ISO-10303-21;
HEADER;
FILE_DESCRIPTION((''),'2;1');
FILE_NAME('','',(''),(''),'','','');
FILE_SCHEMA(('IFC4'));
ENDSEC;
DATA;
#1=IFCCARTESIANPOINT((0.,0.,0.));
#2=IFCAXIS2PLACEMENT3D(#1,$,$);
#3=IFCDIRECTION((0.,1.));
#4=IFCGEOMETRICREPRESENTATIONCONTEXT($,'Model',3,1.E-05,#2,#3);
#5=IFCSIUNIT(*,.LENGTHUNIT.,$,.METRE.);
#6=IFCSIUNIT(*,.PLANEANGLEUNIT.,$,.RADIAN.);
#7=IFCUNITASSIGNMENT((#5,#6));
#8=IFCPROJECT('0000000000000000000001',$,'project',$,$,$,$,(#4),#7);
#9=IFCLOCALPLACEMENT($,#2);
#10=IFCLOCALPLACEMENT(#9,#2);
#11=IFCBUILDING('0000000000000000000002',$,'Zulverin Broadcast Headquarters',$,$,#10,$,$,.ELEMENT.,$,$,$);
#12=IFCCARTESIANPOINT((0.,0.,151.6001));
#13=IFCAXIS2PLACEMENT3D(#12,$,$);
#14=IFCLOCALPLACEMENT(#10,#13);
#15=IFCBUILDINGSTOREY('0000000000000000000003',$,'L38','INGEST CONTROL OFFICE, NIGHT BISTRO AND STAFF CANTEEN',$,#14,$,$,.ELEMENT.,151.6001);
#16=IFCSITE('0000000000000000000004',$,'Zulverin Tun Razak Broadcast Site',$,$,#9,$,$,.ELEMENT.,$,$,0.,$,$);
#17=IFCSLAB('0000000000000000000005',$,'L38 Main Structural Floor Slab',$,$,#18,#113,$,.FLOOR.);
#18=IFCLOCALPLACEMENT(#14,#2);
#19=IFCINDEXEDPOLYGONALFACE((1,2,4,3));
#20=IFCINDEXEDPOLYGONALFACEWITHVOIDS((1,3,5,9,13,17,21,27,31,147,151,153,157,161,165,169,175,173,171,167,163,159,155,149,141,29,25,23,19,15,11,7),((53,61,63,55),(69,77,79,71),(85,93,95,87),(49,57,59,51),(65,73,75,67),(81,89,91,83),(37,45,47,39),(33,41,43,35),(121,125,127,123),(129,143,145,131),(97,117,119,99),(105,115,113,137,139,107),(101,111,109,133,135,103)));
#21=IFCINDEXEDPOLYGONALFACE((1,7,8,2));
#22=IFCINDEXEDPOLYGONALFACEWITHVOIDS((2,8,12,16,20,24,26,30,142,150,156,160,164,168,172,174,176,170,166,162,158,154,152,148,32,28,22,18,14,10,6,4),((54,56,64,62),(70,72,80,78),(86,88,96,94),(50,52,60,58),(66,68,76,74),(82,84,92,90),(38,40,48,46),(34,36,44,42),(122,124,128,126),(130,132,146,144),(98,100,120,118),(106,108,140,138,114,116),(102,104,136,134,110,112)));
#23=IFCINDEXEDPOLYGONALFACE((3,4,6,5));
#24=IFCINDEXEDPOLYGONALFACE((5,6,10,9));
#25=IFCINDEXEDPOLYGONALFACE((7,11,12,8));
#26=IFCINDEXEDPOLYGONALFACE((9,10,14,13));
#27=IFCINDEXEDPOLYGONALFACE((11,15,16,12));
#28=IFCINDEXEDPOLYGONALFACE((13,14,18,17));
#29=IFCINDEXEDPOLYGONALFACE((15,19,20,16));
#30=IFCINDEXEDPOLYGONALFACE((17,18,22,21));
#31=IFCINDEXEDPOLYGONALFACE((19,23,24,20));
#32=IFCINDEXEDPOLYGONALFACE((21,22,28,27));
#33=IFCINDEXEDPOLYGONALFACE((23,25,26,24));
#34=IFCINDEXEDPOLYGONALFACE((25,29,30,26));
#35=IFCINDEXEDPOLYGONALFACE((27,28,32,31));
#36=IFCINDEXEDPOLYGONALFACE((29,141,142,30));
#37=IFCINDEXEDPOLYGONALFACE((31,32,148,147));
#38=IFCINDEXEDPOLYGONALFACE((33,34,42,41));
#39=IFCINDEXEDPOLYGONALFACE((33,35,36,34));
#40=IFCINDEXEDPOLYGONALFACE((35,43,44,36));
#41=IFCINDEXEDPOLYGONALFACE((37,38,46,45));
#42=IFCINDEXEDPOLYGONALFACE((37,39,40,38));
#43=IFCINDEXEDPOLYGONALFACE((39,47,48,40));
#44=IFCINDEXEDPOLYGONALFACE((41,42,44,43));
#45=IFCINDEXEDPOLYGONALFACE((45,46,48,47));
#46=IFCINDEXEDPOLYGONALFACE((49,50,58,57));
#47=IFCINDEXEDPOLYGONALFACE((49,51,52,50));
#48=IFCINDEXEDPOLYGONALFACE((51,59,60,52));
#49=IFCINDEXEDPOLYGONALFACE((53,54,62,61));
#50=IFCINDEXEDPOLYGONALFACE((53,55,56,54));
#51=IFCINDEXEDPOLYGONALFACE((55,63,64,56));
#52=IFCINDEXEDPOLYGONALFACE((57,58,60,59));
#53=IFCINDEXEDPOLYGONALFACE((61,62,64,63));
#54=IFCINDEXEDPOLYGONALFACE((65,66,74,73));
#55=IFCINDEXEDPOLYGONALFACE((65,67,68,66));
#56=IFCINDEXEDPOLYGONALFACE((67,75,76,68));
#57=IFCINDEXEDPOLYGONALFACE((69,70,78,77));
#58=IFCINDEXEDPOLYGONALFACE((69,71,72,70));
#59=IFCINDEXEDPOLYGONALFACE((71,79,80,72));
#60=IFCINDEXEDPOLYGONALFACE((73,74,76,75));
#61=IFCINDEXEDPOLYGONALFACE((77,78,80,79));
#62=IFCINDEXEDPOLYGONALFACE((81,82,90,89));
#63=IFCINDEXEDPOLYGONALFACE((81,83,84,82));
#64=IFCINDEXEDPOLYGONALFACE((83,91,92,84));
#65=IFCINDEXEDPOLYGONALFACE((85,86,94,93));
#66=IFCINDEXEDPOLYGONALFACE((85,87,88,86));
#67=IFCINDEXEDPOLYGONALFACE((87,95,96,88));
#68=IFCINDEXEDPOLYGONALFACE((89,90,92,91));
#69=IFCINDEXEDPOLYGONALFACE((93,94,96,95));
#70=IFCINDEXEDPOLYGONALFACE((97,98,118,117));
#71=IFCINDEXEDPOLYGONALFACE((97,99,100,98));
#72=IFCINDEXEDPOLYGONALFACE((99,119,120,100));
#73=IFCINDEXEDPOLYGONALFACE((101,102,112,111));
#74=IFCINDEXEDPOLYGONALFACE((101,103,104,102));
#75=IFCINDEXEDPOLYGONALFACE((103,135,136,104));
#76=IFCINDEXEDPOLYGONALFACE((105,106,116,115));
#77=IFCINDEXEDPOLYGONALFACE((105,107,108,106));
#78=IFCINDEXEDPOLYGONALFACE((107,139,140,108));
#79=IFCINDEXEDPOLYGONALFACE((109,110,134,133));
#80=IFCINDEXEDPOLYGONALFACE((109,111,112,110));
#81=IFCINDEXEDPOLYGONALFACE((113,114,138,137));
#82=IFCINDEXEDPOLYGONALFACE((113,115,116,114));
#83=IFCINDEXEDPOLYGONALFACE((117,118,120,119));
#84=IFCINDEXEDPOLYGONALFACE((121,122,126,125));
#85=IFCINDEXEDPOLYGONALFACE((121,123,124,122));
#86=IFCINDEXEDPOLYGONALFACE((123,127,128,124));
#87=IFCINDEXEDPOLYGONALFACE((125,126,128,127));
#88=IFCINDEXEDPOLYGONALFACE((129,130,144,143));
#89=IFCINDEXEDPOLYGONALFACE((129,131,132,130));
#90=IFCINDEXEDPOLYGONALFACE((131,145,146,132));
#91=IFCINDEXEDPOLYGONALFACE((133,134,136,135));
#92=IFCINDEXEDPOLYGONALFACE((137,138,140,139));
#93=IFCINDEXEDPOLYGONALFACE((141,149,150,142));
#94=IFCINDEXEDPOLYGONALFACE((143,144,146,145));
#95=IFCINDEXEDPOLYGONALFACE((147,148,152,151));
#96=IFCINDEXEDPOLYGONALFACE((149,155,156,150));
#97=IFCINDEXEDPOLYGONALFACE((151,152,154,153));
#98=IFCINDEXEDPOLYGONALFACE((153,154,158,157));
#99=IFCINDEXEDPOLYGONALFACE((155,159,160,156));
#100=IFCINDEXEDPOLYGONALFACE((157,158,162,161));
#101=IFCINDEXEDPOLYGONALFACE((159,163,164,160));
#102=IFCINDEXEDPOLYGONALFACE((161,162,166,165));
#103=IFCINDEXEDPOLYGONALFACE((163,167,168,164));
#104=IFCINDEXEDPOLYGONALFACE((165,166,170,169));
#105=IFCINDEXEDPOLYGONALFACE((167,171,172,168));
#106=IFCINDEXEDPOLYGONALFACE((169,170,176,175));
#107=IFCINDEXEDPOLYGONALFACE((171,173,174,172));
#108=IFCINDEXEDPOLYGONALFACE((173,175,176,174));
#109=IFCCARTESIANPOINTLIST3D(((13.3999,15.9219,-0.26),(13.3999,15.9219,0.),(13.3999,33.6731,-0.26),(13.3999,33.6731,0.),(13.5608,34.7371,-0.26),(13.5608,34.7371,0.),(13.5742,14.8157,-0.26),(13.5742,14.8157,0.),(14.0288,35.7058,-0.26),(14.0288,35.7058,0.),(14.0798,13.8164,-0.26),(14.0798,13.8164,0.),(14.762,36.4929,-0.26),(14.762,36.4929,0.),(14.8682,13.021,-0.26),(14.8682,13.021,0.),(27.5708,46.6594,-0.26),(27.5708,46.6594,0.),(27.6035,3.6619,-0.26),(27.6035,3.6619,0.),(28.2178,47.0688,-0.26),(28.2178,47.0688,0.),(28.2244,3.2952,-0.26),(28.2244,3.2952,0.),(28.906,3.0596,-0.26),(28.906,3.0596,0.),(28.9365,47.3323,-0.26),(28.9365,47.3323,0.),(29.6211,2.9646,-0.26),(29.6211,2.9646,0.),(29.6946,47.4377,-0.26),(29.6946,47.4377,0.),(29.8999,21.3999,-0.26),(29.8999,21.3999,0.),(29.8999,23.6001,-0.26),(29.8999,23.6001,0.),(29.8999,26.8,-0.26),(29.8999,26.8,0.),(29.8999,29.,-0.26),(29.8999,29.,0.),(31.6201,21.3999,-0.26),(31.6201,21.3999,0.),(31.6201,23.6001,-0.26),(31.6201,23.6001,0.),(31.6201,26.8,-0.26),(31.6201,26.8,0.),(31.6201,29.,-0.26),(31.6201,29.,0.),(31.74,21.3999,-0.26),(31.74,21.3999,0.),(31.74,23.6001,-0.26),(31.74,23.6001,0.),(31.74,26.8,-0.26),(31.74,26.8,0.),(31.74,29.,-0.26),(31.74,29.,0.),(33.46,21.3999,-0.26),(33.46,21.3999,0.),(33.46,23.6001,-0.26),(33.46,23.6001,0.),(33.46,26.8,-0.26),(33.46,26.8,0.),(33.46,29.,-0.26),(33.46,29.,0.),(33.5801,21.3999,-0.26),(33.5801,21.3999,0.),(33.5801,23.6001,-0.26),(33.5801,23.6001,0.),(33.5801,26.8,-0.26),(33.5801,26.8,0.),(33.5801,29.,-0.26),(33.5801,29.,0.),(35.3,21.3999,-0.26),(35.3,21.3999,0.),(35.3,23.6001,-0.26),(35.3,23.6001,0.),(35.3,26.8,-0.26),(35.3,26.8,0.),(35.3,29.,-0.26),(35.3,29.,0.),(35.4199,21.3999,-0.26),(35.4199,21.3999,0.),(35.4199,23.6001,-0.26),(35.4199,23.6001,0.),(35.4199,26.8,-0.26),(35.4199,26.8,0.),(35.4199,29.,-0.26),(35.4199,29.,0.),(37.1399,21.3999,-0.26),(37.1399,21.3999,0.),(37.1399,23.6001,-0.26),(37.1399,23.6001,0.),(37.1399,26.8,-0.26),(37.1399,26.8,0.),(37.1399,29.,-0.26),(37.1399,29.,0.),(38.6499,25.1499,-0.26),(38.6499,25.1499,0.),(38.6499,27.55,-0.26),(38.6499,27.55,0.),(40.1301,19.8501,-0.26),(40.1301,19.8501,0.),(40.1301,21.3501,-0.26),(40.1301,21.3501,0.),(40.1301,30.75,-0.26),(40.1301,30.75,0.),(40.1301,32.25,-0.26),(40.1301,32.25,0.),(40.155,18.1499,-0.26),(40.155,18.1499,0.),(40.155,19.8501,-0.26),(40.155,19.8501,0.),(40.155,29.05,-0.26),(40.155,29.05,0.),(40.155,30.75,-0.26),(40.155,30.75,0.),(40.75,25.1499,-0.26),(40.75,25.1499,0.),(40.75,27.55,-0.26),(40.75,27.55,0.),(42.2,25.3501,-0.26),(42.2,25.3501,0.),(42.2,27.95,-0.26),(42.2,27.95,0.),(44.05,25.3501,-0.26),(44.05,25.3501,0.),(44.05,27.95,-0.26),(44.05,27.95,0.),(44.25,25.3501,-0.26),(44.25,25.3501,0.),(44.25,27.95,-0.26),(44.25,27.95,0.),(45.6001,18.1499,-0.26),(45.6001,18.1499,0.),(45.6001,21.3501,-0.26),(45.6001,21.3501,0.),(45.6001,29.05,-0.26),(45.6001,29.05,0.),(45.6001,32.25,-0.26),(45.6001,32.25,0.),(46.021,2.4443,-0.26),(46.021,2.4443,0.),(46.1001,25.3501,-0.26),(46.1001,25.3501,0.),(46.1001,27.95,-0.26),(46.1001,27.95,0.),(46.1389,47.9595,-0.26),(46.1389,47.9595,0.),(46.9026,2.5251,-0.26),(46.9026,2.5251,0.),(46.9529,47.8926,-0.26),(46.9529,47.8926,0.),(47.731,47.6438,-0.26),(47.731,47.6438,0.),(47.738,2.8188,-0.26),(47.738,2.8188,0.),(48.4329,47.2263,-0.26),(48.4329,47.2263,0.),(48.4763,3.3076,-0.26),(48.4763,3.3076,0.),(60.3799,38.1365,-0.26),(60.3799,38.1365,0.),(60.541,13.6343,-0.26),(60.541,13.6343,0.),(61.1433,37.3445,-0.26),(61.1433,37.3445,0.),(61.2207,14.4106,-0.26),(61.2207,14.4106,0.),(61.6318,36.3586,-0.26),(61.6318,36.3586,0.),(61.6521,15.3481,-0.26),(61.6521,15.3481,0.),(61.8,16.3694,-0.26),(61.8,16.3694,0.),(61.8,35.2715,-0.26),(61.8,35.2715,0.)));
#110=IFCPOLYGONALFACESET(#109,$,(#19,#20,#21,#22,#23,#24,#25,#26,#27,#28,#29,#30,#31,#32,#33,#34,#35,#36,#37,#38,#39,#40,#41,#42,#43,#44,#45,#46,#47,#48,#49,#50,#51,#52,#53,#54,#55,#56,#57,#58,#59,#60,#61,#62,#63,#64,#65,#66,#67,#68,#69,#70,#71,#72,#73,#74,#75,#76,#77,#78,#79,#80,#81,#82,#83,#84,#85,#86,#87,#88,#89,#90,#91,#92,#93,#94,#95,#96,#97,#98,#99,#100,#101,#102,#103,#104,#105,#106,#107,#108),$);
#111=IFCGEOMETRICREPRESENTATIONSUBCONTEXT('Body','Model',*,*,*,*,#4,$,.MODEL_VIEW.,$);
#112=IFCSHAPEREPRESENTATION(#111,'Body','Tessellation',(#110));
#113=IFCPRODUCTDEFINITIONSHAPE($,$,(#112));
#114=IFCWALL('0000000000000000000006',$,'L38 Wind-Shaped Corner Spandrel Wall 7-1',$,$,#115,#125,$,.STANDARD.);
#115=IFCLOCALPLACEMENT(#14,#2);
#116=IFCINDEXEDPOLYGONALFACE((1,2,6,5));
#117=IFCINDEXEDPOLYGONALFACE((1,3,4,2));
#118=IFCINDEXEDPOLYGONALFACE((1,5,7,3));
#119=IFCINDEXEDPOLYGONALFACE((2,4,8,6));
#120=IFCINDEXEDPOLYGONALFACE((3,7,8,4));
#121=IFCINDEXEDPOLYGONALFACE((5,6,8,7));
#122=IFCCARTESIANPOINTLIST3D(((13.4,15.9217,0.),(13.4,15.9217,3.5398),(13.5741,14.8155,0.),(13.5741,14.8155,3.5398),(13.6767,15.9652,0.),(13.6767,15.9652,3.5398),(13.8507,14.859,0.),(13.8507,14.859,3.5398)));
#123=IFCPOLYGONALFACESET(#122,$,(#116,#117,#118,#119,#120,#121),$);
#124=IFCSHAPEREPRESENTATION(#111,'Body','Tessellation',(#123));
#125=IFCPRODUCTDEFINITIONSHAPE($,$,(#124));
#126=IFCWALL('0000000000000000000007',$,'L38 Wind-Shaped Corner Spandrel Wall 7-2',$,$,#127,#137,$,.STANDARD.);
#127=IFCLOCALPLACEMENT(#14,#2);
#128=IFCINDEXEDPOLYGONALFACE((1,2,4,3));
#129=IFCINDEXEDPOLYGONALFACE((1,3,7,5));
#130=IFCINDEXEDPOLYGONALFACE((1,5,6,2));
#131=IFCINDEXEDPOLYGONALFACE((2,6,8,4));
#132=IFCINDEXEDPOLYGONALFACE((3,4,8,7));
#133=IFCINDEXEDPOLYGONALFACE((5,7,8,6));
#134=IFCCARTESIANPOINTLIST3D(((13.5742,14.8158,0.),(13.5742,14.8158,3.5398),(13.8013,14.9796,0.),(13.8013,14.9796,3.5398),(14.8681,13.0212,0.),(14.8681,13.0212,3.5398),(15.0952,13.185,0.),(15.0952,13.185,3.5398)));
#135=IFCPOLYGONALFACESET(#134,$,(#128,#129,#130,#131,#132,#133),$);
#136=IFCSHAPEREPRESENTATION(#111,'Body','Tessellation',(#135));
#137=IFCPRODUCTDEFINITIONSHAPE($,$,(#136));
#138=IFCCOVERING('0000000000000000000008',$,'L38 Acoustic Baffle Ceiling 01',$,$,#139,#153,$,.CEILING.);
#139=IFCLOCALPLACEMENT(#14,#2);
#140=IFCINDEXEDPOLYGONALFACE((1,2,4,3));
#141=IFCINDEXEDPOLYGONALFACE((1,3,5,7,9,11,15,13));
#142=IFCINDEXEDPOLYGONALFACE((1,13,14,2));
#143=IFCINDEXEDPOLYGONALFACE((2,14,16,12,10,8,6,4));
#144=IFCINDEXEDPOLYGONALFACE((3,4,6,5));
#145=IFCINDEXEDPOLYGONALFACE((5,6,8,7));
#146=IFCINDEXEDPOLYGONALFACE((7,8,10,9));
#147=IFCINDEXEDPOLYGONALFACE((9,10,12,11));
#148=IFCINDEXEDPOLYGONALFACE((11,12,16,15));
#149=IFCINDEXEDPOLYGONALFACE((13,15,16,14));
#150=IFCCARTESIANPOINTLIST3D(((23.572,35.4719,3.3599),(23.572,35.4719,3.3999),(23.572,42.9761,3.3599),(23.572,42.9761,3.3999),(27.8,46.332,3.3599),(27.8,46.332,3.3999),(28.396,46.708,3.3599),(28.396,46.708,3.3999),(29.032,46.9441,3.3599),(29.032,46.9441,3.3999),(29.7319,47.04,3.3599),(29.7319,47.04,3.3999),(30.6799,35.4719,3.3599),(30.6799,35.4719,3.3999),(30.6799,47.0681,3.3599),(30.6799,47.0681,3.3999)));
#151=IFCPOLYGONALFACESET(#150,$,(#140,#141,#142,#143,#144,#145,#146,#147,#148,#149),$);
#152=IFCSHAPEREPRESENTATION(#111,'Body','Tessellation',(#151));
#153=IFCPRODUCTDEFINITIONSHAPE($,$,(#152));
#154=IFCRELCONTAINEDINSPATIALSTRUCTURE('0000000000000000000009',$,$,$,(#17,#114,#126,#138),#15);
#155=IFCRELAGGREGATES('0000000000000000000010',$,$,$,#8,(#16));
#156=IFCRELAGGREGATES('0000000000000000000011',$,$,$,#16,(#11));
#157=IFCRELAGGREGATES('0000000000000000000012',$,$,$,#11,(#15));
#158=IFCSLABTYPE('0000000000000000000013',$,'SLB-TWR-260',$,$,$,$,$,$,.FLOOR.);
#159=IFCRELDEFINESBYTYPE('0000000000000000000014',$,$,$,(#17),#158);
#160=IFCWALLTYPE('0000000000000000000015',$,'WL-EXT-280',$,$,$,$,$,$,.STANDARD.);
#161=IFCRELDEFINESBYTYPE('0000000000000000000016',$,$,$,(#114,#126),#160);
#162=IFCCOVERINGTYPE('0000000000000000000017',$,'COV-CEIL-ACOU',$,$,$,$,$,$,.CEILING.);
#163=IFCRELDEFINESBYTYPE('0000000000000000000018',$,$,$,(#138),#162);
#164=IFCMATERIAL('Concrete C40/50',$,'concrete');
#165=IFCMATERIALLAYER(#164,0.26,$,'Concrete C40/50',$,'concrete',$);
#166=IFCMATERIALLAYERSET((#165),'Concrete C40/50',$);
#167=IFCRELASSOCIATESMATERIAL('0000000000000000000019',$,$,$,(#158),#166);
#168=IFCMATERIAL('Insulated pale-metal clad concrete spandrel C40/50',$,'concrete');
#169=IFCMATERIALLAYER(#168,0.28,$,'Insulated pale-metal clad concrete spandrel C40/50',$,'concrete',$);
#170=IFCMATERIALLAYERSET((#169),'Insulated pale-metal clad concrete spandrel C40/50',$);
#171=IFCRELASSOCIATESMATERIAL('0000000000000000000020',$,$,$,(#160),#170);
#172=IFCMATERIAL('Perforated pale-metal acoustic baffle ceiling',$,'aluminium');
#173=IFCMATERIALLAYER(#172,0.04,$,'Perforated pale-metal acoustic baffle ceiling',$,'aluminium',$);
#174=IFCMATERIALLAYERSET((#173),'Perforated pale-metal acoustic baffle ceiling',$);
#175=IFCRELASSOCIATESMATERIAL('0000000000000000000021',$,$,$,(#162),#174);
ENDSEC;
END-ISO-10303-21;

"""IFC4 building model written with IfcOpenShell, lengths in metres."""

from ifc_helpers import new_model, si_unit, direction, frame, frame_2d, origin, place, context, subcontext, project, spatial, polyline, rectangle, outline, extrude, material, layer, layer_set, type_object, element, save


model = new_model("IFC4")

# Units and contexts
model_context = context("Model", 3, precision=1e-05, world=origin(), true_north=direction((0.0, 1.0)))
body_context = subcontext(model_context, "Body", "Model", "MODEL_VIEW")
ifc_project = project(units=[si_unit("LENGTHUNIT", "METRE"), si_unit("PLANEANGLEUNIT", "RADIAN")], contexts=[model_context])

# Site, building, storey
site_placement = place(None, origin())
site = spatial("IfcSite", under=ifc_project, at=site_placement, Name="Zulverin Tun Razak Broadcast Site", CompositionType="ELEMENT", RefElevation=0.0)
building_placement = place(site_placement, origin())
building = spatial("IfcBuilding", under=site, at=building_placement, Name="Zulverin Broadcast Headquarters", CompositionType="ELEMENT")
storey_placement = place(building_placement, frame((0.0, 0.0, 151.6001)))
storey = spatial("IfcBuildingStorey", under=building, at=storey_placement, Name="L38", Description="INGEST CONTROL OFFICE, NIGHT BISTRO AND STAFF CANTEEN", CompositionType="ELEMENT", Elevation=151.6001)

# Shared definitions
ifc_material_1 = material(Name="Concrete C40/50", Category="concrete")

# Slab
ifc_layer_1 = layer(ifc_material_1, 0.26, Name="Concrete C40/50", Category="concrete")
ifc_layer_set_1 = layer_set([ifc_layer_1], Name="Concrete C40/50")
slab_type_1 = type_object("IfcSlabType", Name="SLB-TWR-260", PredefinedType="FLOOR", material=ifc_layer_set_1)
slab_1_placement = place(storey_placement, frame((0.0, 0.0, -0.26)))
element("IfcSlab", 1, at=slab_1_placement, inside=storey, type_object=slab_type_1, Name="L38 Main Structural Floor Slab", PredefinedType="FLOOR", context=body_context, shape_type="SweptSolid", body=[
    extrude(outline(polyline([(27.6035, 3.6619), (28.2244, 3.2952), (28.906, 3.0596), (29.6211, 2.9646), (46.021, 2.4443), (46.9026, 2.5251), (47.738, 2.8188), (48.4763, 3.3076), (60.541, 13.6343), (61.2207, 14.4106), (61.6521, 15.3481), (61.8, 16.3694), (61.8, 35.2715), (61.6318, 36.3586), (61.1433, 37.3445), (60.3799, 38.1365), (48.4329, 47.2263), (47.731, 47.6438), (46.9529, 47.8926), (46.1389, 47.9595), (29.6946, 47.4377), (28.9365, 47.3323), (28.2178, 47.0688), (27.5708, 46.6594), (14.762, 36.4929), (14.0288, 35.7058), (13.5608, 34.7371), (13.3999, 33.6731), (13.3999, 15.9219), (13.5742, 14.8157), (14.0798, 13.8164), (14.8682, 13.021), (27.6035, 3.6619)]), holes=[polyline([(40.155, 30.75), (40.1301, 30.75), (40.1301, 32.25), (45.6001, 32.25), (45.6001, 29.05), (40.155, 29.05), (40.155, 30.75)]), polyline([(40.155, 19.8501), (40.1301, 19.8501), (40.1301, 21.3501), (45.6001, 21.3501), (45.6001, 18.1499), (40.155, 18.1499), (40.155, 19.8501)]), polyline([(29.8999, 21.3999), (31.6201, 21.3999), (31.6201, 23.6001), (29.8999, 23.6001), (29.8999, 21.3999)]), polyline([(31.74, 21.3999), (33.46, 21.3999), (33.46, 23.6001), (31.74, 23.6001), (31.74, 21.3999)]), polyline([(33.5801, 21.3999), (35.3, 21.3999), (35.3, 23.6001), (33.5801, 23.6001), (33.5801, 21.3999)]), polyline([(35.4199, 21.3999), (37.1399, 21.3999), (37.1399, 23.6001), (35.4199, 23.6001), (35.4199, 21.3999)]), polyline([(29.8999, 26.8), (31.6201, 26.8), (31.6201, 29.0), (29.8999, 29.0), (29.8999, 26.8)]), polyline([(31.74, 26.8), (33.46, 26.8), (33.46, 29.0), (31.74, 29.0), (31.74, 26.8)]), polyline([(33.5801, 26.8), (35.3, 26.8), (35.3, 29.0), (33.5801, 29.0), (33.5801, 26.8)]), polyline([(35.4199, 26.8), (37.1399, 26.8), (37.1399, 29.0), (35.4199, 29.0), (35.4199, 26.8)]), polyline([(42.2, 25.3501), (44.05, 25.3501), (44.05, 27.95), (42.2, 27.95), (42.2, 25.3501)]), polyline([(44.25, 25.3501), (46.1001, 25.3501), (46.1001, 27.95), (44.25, 27.95), (44.25, 25.3501)]), polyline([(38.6499, 25.1499), (40.75, 25.1499), (40.75, 27.55), (38.6499, 27.55), (38.6499, 25.1499)])]), origin(), (0.0, 0.0, 1.0), 0.26),
])

# Walls
ifc_material_2 = material(Name="Insulated pale-metal clad concrete spandrel C40/50", Category="concrete")
ifc_layer_2 = layer(ifc_material_2, 0.28, Name="Insulated pale-metal clad concrete spandrel C40/50", Category="concrete")
ifc_layer_set_2 = layer_set([ifc_layer_2], Name="Insulated pale-metal clad concrete spandrel C40/50")
wall_type = type_object("IfcWallType", Name="WL-EXT-280", PredefinedType="STANDARD", material=ifc_layer_set_2)
wall_1_placement = place(storey_placement, frame((13.5383, 15.9436, 0.0), z_axis=(0.0, 0.0, 1.0), x_axis=(0.155448, -0.987844, 0.0)))
element("IfcWall", 2, at=wall_1_placement, inside=storey, type_object=wall_type, Name="L38 Wind-Shaped Corner Spandrel Wall 7-1", PredefinedType="STANDARD", context=body_context, shape_type="SweptSolid", body=[
    extrude(rectangle(XDim=1.1199, YDim=0.28, at=frame_2d((0.5601, 0.0))), origin(), (0.0, 0.0, 1.0), 3.5398),
])
wall_2_placement = place(storey_placement, frame((13.6877, 14.8977, 0.0), z_axis=(0.0, 0.0, 1.0), x_axis=(0.584834, -0.811153, 0.0)))
element("IfcWall", 3, at=wall_2_placement, inside=storey, type_object=wall_type, Name="L38 Wind-Shaped Corner Spandrel Wall 7-2", PredefinedType="STANDARD", context=body_context, shape_type="SweptSolid", body=[
    extrude(rectangle(XDim=2.2124, YDim=0.28, at=frame_2d((1.1062, 0.0))), origin(), (0.0, 0.0, 1.0), 3.5398),
])

# Covering
ifc_material_3 = material(Name="Perforated pale-metal acoustic baffle ceiling", Category="aluminium")
ifc_layer_3 = layer(ifc_material_3, 0.04, Name="Perforated pale-metal acoustic baffle ceiling", Category="aluminium")
ifc_layer_set_3 = layer_set([ifc_layer_3], Name="Perforated pale-metal acoustic baffle ceiling")
covering_type_1 = type_object("IfcCoveringType", Name="COV-CEIL-ACOU", PredefinedType="CEILING", material=ifc_layer_set_3)
covering_1_placement = place(storey_placement, frame((0.0, 0.0, 3.3599)))
element("IfcCovering", 4, at=covering_1_placement, inside=storey, type_object=covering_type_1, Name="L38 Acoustic Baffle Ceiling 01", PredefinedType="CEILING", context=body_context, shape_type="SweptSolid", body=[
    extrude(outline(polyline([(30.6799, 35.4719), (30.6799, 47.0681), (29.7319, 47.04), (29.032, 46.9441), (28.396, 46.708), (27.8, 46.332), (23.572, 42.9761), (23.572, 35.4719), (30.6799, 35.4719)])), origin(), (0.0, 0.0, 1.0), 0.04),
])

save(model, "model.ifc")
